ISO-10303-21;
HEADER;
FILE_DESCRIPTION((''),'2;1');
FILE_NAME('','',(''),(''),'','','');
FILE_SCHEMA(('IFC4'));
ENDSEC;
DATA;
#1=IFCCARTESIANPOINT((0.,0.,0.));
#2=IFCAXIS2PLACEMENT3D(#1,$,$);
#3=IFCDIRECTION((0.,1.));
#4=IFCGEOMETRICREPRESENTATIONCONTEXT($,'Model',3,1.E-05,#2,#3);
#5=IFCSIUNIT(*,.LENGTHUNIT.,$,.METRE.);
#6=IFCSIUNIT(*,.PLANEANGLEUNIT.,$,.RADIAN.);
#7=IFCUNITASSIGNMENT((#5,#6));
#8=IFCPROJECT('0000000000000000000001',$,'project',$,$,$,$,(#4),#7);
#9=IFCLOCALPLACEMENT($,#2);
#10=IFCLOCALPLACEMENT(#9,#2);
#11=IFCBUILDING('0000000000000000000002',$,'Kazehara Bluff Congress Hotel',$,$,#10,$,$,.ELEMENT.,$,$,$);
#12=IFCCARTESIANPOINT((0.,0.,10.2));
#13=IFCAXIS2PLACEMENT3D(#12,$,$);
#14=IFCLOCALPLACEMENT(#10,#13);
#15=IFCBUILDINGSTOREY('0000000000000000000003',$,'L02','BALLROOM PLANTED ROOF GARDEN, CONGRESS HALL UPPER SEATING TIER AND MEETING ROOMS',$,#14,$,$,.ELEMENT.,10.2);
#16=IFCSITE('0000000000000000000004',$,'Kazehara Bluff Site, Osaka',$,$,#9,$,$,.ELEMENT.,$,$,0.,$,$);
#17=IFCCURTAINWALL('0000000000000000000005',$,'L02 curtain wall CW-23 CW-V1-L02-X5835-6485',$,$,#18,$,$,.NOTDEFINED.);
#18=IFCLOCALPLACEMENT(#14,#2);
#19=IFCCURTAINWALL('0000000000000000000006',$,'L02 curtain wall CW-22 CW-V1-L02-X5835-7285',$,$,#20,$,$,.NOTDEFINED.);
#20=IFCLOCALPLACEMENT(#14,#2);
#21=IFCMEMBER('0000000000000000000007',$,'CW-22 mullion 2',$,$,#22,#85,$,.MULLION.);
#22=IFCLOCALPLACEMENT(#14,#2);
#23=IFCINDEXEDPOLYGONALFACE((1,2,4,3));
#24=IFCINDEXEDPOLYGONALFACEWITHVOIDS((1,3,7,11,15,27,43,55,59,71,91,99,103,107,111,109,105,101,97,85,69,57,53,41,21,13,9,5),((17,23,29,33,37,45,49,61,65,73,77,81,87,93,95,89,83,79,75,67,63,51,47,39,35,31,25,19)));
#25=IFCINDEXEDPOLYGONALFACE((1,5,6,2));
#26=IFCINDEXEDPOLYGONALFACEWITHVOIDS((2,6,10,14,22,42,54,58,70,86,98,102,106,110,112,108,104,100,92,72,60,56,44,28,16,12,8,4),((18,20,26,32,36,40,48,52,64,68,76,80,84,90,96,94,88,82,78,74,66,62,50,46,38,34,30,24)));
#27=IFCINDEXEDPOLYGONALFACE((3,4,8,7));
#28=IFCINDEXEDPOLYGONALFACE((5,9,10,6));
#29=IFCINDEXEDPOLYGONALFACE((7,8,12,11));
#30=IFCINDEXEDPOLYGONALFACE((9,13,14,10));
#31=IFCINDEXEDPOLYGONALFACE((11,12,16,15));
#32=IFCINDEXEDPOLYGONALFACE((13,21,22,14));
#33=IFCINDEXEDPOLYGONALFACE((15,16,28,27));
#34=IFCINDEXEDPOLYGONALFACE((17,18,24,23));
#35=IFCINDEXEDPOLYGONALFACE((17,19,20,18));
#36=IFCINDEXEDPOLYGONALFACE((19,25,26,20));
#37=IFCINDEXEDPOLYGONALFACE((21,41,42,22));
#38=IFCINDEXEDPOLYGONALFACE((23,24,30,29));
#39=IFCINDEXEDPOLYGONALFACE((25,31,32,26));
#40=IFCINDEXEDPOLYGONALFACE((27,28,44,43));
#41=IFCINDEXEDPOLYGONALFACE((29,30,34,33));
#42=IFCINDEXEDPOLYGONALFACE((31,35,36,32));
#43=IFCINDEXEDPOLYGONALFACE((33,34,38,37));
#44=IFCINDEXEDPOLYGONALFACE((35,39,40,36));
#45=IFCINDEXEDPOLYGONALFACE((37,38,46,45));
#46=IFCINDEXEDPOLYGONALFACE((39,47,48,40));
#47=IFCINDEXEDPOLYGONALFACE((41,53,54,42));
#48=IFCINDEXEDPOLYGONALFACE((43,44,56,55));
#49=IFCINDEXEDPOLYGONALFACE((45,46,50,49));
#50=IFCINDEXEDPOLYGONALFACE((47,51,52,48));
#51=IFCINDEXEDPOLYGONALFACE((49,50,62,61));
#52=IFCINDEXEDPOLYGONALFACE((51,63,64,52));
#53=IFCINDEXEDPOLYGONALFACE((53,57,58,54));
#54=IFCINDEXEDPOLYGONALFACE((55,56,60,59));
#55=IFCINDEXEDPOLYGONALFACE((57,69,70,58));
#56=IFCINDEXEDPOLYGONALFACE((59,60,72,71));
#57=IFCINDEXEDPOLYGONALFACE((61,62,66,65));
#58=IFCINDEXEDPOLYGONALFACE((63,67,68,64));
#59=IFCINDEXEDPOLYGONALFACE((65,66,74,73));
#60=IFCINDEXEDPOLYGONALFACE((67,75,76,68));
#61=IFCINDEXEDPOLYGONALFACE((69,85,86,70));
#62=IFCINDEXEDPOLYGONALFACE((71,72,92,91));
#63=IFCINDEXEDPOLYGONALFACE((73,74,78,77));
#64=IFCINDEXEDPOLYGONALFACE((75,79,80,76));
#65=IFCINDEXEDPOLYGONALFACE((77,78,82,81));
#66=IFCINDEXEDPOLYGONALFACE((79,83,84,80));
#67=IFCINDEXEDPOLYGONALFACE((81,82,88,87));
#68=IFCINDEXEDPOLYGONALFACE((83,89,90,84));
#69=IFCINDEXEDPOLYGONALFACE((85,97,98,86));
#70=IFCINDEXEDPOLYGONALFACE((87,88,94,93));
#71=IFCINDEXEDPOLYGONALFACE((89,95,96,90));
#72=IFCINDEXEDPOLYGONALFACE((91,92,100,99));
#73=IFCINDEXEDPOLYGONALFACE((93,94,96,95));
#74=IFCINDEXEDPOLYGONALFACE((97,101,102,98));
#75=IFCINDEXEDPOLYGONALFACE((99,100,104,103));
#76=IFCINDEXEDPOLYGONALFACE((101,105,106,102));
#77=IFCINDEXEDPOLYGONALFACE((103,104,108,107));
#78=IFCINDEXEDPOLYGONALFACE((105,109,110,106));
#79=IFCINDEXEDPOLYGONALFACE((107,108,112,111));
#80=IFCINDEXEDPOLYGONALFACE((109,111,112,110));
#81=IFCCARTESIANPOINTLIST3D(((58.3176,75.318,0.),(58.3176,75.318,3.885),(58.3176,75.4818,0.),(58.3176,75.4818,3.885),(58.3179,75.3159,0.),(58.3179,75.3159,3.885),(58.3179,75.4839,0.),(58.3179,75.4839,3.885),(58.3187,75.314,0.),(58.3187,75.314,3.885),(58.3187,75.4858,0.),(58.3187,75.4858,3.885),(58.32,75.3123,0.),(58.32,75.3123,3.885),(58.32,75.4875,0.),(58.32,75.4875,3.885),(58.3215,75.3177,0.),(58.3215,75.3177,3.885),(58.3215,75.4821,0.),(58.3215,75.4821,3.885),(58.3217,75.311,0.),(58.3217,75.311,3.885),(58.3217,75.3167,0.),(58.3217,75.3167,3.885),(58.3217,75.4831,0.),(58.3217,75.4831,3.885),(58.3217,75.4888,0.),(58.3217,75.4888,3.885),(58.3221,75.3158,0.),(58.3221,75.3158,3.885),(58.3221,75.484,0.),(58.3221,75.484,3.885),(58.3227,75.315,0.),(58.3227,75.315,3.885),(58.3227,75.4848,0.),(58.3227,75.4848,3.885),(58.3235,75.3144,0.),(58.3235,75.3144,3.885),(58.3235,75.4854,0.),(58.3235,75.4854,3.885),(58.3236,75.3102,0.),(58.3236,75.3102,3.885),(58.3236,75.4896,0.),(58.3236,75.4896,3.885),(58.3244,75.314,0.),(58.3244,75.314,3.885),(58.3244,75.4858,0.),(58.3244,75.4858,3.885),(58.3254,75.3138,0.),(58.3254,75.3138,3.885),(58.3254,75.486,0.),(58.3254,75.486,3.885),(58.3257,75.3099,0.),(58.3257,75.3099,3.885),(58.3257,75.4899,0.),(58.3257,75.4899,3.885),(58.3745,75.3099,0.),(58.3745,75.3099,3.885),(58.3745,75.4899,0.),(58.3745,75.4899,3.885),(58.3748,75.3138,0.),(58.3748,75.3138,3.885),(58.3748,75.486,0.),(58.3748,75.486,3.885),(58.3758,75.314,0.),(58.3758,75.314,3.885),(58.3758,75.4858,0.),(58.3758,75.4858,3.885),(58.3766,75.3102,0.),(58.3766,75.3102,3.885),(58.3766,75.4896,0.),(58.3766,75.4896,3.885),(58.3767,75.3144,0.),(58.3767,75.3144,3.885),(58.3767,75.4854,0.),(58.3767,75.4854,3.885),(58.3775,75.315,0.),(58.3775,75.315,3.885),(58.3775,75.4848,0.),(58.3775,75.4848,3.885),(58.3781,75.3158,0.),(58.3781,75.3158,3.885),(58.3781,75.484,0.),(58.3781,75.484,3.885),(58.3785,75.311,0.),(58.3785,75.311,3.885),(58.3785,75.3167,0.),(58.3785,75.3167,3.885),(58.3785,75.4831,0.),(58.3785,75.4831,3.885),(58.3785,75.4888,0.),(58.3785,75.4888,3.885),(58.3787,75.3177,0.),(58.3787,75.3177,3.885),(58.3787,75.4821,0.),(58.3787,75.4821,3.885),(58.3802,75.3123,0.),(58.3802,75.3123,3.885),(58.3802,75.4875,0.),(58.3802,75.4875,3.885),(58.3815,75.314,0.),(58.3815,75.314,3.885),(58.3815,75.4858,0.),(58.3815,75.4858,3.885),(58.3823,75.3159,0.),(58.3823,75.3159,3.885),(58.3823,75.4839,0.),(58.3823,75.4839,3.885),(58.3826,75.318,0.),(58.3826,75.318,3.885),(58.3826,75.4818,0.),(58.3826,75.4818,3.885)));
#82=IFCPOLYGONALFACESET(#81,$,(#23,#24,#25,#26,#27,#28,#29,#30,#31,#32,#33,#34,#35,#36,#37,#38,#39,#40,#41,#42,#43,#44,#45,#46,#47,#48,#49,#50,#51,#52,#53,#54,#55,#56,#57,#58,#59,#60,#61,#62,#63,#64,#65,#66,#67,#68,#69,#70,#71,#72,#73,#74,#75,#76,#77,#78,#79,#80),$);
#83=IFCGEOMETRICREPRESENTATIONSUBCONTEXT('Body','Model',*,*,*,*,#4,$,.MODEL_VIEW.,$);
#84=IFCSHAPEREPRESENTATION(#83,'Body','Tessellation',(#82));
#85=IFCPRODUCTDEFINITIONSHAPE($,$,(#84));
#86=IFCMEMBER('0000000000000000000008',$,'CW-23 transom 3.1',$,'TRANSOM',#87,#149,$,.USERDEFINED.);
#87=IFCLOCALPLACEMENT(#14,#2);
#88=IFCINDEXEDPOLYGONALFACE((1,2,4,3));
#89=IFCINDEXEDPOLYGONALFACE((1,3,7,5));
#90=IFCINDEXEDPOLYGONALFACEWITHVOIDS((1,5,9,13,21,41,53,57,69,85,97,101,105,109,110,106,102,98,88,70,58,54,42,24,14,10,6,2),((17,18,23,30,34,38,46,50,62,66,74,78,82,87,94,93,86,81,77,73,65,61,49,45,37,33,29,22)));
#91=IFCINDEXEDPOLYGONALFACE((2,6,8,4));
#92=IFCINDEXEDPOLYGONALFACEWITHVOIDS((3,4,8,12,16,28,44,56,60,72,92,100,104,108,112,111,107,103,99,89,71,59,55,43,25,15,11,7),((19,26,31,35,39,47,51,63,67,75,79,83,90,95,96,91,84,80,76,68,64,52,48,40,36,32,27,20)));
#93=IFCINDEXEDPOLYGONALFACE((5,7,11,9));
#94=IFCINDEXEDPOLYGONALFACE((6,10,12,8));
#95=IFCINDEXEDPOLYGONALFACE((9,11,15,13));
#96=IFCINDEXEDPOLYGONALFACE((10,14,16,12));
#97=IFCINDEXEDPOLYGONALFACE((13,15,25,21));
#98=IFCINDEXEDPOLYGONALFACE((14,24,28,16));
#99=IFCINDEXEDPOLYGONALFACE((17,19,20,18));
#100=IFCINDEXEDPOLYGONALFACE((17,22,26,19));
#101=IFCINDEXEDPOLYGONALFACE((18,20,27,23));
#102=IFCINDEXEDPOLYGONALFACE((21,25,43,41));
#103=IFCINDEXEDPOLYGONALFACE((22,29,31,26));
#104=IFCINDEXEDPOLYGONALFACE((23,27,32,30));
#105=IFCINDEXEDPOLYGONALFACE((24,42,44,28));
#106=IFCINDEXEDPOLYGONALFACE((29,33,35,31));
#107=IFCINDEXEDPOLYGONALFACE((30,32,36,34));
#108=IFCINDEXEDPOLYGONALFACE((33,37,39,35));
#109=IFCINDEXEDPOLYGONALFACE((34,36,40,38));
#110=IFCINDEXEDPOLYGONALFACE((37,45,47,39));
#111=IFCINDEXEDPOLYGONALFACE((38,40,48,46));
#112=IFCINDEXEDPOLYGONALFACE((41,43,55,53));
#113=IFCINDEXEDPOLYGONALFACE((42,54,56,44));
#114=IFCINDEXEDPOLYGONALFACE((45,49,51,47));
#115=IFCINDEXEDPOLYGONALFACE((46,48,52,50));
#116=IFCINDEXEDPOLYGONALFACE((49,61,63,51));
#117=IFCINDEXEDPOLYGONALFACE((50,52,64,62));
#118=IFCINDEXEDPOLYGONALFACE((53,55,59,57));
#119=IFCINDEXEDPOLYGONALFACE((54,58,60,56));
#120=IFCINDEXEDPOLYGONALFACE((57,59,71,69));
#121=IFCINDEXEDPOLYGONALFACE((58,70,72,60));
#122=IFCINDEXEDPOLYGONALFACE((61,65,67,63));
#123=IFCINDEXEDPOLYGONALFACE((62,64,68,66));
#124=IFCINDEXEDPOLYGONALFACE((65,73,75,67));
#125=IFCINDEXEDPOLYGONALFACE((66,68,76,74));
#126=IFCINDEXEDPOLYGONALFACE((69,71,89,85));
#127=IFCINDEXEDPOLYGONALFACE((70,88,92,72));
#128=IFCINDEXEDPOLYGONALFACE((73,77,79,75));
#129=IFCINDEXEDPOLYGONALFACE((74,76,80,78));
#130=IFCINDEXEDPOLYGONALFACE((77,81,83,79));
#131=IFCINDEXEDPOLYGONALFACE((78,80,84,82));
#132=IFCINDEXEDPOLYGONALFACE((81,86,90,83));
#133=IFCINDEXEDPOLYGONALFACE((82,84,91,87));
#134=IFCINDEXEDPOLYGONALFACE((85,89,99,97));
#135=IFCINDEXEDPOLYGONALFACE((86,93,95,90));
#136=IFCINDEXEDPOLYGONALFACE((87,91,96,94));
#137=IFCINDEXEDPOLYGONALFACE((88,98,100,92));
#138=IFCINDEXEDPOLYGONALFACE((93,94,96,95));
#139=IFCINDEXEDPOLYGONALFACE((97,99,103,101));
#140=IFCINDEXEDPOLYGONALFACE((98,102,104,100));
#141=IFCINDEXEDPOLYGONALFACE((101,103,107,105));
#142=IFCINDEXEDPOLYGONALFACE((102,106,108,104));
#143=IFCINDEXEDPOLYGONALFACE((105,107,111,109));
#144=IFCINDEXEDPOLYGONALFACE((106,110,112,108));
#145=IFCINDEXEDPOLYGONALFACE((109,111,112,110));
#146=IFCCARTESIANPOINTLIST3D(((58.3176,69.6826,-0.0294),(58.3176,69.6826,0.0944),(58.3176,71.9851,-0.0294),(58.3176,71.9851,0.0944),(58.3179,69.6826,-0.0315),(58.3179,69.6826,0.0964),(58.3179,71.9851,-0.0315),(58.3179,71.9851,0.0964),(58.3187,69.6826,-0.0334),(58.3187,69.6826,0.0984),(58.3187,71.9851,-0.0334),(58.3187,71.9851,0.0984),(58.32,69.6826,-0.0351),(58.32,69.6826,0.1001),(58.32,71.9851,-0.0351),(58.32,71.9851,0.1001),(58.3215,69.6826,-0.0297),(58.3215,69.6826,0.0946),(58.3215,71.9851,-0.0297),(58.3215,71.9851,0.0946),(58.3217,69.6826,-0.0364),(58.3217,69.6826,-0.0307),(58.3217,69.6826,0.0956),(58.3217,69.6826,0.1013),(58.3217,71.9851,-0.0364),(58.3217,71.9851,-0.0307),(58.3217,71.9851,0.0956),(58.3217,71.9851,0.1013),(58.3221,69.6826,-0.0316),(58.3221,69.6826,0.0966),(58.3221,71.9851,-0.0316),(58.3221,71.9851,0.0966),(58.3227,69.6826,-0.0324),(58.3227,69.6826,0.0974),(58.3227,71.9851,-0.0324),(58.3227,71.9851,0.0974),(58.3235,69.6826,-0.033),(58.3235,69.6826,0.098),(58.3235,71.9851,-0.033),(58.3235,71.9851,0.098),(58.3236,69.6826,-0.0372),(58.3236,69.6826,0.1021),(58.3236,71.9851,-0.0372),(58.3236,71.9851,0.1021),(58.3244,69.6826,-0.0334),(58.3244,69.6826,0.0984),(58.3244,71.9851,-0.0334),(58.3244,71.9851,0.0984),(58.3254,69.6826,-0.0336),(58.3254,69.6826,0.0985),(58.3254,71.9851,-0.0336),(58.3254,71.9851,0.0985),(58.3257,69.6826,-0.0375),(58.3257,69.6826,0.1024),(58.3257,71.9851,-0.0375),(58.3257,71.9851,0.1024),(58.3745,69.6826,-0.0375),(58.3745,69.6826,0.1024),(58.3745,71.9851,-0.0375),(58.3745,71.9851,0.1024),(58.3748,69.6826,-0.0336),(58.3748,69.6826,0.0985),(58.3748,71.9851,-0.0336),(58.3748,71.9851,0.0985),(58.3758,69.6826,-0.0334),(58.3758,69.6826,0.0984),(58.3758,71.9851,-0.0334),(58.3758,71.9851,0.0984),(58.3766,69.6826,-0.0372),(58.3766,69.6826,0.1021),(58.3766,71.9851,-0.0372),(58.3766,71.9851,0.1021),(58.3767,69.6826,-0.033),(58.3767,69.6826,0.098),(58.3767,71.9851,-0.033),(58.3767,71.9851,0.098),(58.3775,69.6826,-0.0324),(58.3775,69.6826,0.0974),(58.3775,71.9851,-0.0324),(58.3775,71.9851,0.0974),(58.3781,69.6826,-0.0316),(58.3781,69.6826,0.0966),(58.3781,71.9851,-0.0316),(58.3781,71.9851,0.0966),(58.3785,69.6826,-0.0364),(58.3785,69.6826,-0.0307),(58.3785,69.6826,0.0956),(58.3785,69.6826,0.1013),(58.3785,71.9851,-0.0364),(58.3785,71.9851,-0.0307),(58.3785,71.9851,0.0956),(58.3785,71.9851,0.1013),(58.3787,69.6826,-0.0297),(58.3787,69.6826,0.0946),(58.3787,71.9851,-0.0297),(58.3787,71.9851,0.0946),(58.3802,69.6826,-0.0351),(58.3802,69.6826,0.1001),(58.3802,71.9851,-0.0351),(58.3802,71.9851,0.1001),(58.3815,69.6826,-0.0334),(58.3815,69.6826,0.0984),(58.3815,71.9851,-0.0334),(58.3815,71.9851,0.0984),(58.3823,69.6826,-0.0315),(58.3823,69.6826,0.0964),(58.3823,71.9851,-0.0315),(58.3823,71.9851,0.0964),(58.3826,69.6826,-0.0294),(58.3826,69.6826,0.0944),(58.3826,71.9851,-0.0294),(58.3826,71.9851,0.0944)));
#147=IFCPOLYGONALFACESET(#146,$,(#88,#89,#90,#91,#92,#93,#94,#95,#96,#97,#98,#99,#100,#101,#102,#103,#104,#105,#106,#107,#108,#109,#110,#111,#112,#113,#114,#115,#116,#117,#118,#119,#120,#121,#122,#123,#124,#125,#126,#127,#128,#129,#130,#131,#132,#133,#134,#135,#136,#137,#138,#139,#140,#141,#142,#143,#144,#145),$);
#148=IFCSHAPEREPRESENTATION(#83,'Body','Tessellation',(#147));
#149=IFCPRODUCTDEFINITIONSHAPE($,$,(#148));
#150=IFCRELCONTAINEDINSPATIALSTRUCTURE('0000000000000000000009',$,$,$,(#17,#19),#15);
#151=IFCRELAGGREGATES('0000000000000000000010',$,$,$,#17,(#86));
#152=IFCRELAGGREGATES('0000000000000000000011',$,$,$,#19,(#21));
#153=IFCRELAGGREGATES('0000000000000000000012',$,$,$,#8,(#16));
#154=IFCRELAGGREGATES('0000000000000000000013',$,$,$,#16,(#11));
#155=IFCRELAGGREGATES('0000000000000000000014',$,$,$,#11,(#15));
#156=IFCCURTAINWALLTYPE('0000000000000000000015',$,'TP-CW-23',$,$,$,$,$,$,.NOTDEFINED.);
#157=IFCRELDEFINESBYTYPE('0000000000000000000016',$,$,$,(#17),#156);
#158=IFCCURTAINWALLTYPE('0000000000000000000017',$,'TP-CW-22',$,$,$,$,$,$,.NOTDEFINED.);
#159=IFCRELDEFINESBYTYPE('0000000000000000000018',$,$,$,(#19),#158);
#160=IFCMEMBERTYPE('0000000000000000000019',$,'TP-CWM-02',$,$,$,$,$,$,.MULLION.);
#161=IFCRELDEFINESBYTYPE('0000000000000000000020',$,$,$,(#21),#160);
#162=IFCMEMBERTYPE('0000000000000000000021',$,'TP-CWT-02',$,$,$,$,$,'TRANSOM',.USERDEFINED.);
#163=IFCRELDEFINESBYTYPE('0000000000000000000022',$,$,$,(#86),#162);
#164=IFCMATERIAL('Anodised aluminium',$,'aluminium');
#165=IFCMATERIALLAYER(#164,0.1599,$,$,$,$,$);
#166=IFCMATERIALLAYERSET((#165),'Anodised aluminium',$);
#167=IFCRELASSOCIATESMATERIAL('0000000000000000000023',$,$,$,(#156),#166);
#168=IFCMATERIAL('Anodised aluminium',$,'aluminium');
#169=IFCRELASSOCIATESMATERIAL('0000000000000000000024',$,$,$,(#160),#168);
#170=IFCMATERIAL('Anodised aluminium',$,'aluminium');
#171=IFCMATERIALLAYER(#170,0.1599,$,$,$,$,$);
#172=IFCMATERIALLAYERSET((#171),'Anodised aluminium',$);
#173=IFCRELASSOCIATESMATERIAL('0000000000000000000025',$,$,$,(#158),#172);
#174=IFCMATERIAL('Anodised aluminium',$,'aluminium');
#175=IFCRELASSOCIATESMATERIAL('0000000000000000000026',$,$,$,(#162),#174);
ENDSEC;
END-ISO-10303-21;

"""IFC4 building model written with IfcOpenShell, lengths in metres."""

from ifc_helpers import new_model, si_unit, direction, frame, origin, origin_2d, place, context, subcontext, project, spatial, hollow_rectangle, extrude, material, layer, layer_set, material_profile, profile_set, type_object, element, aggregate, save


model = new_model("IFC4")

# Units and contexts
model_context = context("Model", 3, precision=1e-05, world=origin(), true_north=direction((0.0, 1.0)))
body_context = subcontext(model_context, "Body", "Model", "MODEL_VIEW")
ifc_project = project(units=[si_unit("LENGTHUNIT", "METRE"), si_unit("PLANEANGLEUNIT", "RADIAN")], contexts=[model_context])

# Site, building, storey
site_placement = place(None, origin())
site = spatial("IfcSite", under=ifc_project, at=site_placement, Name="Kazehara Bluff Site, Osaka", CompositionType="ELEMENT", RefElevation=0.0)
building_placement = place(site_placement, origin())
building = spatial("IfcBuilding", under=site, at=building_placement, Name="Kazehara Bluff Congress Hotel", CompositionType="ELEMENT")
storey_placement = place(building_placement, frame((0.0, 0.0, 10.2)))
storey = spatial("IfcBuildingStorey", under=building, at=storey_placement, Name="L02", Description="BALLROOM PLANTED ROOF GARDEN, CONGRESS HALL UPPER SEATING TIER AND MEETING ROOMS", CompositionType="ELEMENT", Elevation=10.2)

# Curtain walls, member
ifc_material_1 = material(Name="Anodised aluminium", Category="aluminium")
ifc_layer_1 = layer(ifc_material_1, 0.1599)
ifc_layer_set_1 = layer_set([ifc_layer_1], Name="Anodised aluminium")
curtain_wall_type_1 = type_object("IfcCurtainWallType", Name="TP-CW-23", PredefinedType="NOTDEFINED", material=ifc_layer_set_1)
curtain_wall_1_placement = place(storey_placement, origin())
curtain_wall_1 = element("IfcCurtainWall", 1, at=curtain_wall_1_placement, inside=storey, type_object=curtain_wall_type_1, Name="L02 curtain wall CW-23 CW-V1-L02-X5835-6485", PredefinedType="NOTDEFINED")
ifc_material_2 = material(Name="Anodised aluminium", Category="aluminium")
ifc_material_profile_1 = material_profile(ifc_material_2, hollow_rectangle(XDim=0.0649, YDim=0.1799, WallThickness=0.0039, InnerFilletRadius=0.0039, OuterFilletRadius=0.0081, at=origin_2d()))
ifc_profile_set_1 = profile_set([ifc_material_profile_1], Name="Anodised aluminium")
member_type_1 = type_object("IfcMemberType", Name="TP-CWM-02", PredefinedType="MULLION", material=ifc_profile_set_1)
ifc_material_3 = material(Name="Anodised aluminium", Category="aluminium")
ifc_layer_2 = layer(ifc_material_3, 0.1599)
ifc_layer_set_2 = layer_set([ifc_layer_2], Name="Anodised aluminium")
curtain_wall_type_2 = type_object("IfcCurtainWallType", Name="TP-CW-22", PredefinedType="NOTDEFINED", material=ifc_layer_set_2)
curtain_wall_2_placement = place(storey_placement, origin())
curtain_wall_2 = element("IfcCurtainWall", 2, at=curtain_wall_2_placement, inside=storey, type_object=curtain_wall_type_2, Name="L02 curtain wall CW-22 CW-V1-L02-X5835-7285", PredefinedType="NOTDEFINED")
member_1_placement = place(storey_placement, frame((58.3501, 75.3999, 0.0), z_axis=(0.0, 0.0, 1.0), x_axis=(-1.0, 0.0, 0.0)))
member_1 = element("IfcMember", 3, at=member_1_placement, type_object=member_type_1, Name="CW-22 mullion 2", PredefinedType="MULLION", context=body_context, shape_type="SweptSolid", body=[
    extrude(hollow_rectangle(XDim=0.0649, YDim=0.1799, WallThickness=0.0039, InnerFilletRadius=0.0039, OuterFilletRadius=0.0081, at=origin_2d()), origin(), (0.0, 0.0, 1.0), 3.885),
])

# Member
ifc_material_4 = material(Name="Anodised aluminium", Category="aluminium")
ifc_material_profile_2 = material_profile(ifc_material_4, hollow_rectangle(XDim=0.0649, YDim=0.1399, WallThickness=0.0039, InnerFilletRadius=0.0039, OuterFilletRadius=0.0081, at=origin_2d()))
ifc_profile_set_2 = profile_set([ifc_material_profile_2], Name="Anodised aluminium")
member_type_2 = type_object("IfcMemberType", Name="TP-CWT-02", ElementType="TRANSOM", PredefinedType="USERDEFINED", material=ifc_profile_set_2)
member_2_placement = place(storey_placement, frame((58.3501, 69.6826, 0.0325), z_axis=(0.0, 1.0, 0.0), x_axis=(-1.0, 0.0, 0.0)))
member_2 = element("IfcMember", 4, at=member_2_placement, type_object=member_type_2, Name="CW-23 transom 3.1", ObjectType="TRANSOM", PredefinedType="USERDEFINED", context=body_context, shape_type="SweptSolid", body=[
    extrude(hollow_rectangle(XDim=0.0649, YDim=0.1399, WallThickness=0.0039, InnerFilletRadius=0.0039, OuterFilletRadius=0.0081, at=origin_2d()), origin(), (0.0, 0.0, 1.0), 2.3025),
])

aggregate(curtain_wall_1, [member_2])
aggregate(curtain_wall_2, [member_1])

save(model, "model.ifc")
